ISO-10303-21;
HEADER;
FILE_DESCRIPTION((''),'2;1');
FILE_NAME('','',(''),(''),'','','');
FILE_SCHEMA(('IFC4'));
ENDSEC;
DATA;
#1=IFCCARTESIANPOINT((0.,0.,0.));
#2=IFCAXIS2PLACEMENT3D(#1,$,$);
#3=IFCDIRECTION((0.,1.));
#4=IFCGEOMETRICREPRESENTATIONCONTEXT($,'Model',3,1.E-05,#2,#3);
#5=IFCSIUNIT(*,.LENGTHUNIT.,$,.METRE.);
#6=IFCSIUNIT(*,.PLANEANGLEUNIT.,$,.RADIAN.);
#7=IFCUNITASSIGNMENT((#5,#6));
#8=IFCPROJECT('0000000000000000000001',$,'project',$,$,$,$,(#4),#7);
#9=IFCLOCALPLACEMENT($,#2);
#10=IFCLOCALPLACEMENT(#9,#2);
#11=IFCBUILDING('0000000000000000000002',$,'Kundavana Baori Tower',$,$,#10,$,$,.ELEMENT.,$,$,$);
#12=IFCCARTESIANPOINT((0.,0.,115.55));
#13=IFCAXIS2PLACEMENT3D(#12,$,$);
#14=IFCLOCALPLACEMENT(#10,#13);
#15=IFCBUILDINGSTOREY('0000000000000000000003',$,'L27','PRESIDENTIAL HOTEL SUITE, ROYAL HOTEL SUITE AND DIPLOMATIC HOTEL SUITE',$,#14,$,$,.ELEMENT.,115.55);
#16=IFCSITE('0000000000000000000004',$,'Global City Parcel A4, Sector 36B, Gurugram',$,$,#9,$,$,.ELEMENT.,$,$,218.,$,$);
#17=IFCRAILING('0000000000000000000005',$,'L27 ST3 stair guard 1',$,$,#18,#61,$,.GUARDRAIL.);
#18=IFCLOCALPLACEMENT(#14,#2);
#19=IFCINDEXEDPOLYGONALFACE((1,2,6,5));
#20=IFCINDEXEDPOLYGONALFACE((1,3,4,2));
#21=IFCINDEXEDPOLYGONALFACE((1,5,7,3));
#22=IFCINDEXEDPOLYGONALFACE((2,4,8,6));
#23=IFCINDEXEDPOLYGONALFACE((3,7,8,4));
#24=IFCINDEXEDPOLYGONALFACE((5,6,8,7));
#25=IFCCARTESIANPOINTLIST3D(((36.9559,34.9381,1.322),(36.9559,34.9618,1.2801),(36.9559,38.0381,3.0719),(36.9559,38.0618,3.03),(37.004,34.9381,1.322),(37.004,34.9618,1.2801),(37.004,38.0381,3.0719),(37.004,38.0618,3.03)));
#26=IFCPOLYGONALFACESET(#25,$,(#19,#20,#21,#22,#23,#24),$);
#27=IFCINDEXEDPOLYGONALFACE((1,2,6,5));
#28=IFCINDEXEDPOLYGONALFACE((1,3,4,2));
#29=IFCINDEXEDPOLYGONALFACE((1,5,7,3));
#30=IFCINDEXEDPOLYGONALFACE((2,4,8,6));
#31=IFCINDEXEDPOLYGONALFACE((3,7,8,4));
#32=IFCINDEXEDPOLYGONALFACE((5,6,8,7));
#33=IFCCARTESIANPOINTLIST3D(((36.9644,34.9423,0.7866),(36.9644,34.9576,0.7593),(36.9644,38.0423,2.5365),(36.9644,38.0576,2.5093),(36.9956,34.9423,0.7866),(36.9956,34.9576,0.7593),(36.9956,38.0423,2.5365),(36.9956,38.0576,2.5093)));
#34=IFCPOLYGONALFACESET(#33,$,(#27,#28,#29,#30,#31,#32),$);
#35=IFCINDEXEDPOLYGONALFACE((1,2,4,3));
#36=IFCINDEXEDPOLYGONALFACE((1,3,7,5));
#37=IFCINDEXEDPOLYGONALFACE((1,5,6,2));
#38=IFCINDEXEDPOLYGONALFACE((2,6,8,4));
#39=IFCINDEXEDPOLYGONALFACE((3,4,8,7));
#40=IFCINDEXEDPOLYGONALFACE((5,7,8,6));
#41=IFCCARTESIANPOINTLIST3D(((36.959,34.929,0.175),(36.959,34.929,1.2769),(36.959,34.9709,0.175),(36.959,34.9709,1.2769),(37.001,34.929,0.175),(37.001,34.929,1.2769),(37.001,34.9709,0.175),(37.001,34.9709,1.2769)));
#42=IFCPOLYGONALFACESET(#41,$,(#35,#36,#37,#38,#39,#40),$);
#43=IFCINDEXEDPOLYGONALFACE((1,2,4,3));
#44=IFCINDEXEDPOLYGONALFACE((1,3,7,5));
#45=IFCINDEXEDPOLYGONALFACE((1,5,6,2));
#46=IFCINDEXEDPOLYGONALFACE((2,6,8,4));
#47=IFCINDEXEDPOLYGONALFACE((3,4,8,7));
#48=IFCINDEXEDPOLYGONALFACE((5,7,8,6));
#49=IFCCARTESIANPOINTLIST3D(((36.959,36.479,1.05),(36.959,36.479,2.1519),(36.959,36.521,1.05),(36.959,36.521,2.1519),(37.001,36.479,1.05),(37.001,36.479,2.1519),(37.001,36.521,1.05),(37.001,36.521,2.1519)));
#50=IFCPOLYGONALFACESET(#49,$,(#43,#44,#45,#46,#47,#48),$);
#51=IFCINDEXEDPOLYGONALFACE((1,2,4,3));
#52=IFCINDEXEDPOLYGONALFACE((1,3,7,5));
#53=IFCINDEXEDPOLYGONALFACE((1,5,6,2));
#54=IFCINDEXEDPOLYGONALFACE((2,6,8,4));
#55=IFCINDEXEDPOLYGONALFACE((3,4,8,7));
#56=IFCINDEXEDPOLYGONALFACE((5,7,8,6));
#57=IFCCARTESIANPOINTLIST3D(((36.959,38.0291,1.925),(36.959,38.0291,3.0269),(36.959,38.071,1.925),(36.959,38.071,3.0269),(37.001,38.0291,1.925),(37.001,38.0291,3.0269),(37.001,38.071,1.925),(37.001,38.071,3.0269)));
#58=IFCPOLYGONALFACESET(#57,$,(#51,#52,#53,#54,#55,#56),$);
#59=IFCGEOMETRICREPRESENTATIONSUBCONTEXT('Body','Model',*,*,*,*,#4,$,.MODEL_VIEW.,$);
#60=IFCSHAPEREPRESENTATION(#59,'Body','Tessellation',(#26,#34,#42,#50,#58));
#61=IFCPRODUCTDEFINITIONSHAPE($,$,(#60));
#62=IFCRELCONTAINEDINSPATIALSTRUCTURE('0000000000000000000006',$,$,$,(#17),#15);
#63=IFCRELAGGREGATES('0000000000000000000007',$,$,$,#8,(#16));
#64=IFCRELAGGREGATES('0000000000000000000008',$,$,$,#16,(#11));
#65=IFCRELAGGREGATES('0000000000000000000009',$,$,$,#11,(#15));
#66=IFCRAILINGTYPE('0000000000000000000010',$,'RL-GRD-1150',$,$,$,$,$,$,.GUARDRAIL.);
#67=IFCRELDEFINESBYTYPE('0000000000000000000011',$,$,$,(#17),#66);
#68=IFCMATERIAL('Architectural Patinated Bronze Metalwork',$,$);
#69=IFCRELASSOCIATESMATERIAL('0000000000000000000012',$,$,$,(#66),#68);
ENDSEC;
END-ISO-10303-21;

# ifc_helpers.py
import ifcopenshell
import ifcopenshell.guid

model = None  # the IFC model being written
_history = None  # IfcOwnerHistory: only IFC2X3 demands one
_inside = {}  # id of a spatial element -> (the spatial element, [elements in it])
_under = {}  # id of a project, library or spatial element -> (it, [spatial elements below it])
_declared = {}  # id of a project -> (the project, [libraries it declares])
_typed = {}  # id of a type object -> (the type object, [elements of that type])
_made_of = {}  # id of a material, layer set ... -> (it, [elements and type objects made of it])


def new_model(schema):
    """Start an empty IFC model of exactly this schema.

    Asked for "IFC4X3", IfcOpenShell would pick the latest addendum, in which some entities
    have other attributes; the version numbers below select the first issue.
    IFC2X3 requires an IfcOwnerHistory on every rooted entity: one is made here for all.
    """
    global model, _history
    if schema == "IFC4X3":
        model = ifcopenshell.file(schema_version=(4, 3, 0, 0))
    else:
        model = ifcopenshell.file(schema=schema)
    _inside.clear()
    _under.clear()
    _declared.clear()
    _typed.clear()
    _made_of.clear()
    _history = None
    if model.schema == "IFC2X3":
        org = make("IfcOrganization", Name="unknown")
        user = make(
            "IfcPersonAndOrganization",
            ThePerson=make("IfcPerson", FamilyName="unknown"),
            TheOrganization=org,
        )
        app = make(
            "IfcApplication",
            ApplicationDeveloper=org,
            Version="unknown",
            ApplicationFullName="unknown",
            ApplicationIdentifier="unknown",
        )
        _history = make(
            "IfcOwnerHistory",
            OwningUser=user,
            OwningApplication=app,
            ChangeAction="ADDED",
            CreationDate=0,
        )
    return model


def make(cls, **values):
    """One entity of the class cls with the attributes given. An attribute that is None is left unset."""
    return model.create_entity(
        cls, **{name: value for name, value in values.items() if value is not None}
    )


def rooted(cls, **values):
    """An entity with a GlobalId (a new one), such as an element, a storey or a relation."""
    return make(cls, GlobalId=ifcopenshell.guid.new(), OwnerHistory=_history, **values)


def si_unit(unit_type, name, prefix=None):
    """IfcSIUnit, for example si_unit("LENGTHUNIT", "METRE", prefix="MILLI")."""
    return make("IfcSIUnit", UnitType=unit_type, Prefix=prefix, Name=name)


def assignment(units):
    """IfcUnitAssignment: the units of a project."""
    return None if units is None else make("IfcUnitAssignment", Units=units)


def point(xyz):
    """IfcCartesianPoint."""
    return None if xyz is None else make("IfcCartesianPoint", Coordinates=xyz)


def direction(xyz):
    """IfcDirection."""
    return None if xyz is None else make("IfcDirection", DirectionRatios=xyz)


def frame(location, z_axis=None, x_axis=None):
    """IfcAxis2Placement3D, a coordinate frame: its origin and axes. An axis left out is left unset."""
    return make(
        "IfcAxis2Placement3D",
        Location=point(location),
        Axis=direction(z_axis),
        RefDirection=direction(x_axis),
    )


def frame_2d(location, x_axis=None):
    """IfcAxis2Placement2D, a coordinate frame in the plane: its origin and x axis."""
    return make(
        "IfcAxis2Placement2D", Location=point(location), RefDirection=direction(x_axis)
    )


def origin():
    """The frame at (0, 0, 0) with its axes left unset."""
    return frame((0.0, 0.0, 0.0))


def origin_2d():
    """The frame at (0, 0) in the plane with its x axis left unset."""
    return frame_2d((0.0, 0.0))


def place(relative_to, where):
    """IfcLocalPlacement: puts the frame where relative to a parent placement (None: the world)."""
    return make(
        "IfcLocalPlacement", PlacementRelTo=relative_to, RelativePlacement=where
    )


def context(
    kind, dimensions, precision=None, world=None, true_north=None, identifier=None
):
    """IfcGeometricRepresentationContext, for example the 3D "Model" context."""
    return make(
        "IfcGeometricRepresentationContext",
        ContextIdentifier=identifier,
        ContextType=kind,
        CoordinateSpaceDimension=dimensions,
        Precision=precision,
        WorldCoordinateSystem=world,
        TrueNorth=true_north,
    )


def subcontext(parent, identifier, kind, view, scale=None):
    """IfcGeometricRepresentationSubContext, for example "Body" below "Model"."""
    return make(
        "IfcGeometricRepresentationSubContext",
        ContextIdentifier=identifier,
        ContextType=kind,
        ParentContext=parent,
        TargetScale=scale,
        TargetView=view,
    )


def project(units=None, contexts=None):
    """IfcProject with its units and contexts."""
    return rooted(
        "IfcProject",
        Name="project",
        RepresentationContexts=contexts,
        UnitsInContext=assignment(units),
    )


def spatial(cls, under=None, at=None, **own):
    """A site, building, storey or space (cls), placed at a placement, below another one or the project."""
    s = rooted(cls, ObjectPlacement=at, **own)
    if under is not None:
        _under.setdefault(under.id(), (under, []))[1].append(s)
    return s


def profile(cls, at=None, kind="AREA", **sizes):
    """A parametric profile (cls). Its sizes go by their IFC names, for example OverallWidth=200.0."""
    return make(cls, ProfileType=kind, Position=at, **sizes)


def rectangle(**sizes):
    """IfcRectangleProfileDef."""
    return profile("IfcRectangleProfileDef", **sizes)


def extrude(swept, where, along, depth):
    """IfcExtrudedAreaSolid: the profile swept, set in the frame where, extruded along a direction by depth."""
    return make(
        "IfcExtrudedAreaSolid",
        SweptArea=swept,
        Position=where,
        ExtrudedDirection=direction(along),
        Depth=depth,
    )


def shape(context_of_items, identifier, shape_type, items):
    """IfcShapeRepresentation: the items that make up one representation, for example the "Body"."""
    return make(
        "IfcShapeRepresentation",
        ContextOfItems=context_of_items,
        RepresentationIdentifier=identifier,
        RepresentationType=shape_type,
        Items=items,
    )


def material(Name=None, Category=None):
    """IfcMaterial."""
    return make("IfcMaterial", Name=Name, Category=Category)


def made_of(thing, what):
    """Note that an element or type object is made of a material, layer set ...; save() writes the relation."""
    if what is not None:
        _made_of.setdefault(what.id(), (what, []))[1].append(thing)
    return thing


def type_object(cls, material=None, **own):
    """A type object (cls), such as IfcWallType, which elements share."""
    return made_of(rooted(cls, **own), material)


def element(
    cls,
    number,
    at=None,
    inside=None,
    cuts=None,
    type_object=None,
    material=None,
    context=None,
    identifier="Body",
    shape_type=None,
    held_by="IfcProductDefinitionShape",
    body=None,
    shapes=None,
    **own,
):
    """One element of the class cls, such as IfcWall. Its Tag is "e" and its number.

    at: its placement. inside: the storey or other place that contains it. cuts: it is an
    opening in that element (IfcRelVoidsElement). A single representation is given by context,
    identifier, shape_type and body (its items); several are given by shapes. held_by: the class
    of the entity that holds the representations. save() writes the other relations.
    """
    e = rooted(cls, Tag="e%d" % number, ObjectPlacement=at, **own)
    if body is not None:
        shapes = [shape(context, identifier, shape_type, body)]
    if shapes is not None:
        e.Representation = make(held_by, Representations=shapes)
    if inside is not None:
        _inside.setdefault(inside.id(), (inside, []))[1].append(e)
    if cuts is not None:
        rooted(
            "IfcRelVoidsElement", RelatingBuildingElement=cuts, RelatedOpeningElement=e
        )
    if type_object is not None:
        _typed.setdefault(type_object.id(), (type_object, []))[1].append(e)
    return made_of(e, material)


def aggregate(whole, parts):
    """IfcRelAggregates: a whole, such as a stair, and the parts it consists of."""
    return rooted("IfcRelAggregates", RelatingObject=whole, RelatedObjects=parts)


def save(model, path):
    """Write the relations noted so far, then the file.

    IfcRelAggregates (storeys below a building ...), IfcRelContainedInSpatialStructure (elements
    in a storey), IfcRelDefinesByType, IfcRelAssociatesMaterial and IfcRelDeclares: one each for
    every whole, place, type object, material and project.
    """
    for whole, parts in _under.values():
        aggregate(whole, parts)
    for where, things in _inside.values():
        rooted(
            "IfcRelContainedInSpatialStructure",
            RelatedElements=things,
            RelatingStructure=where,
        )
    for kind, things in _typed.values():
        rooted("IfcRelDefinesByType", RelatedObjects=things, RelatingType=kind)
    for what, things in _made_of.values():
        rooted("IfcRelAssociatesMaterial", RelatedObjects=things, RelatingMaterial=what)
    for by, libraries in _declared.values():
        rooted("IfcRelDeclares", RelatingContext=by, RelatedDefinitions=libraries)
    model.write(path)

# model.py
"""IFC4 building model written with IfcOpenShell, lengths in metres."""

from ifc_helpers import new_model, si_unit, direction, frame, origin, origin_2d, place, context, subcontext, project, spatial, rectangle, extrude, material, type_object, element, save


model = new_model("IFC4")

# Units and contexts
model_context = context("Model", 3, precision=1e-05, world=origin(), true_north=direction((0.0, 1.0)))
body_context = subcontext(model_context, "Body", "Model", "MODEL_VIEW")
ifc_project = project(units=[si_unit("LENGTHUNIT", "METRE"), si_unit("PLANEANGLEUNIT", "RADIAN")], contexts=[model_context])

# Site, building, storey
site_placement = place(None, origin())
site = spatial("IfcSite", under=ifc_project, at=site_placement, Name="Global City Parcel A4, Sector 36B, Gurugram", CompositionType="ELEMENT", RefElevation=218.0)
building_placement = place(site_placement, origin())
building = spatial("IfcBuilding", under=site, at=building_placement, Name="Kundavana Baori Tower", CompositionType="ELEMENT")
storey_placement = place(building_placement, frame((0.0, 0.0, 115.55)))
storey = spatial("IfcBuildingStorey", under=building, at=storey_placement, Name="L27", Description="PRESIDENTIAL HOTEL SUITE, ROYAL HOTEL SUITE AND DIPLOMATIC HOTEL SUITE", CompositionType="ELEMENT", Elevation=115.55)

# Railing
ifc_material_1 = material(Name="Architectural Patinated Bronze Metalwork")
railing_type = type_object("IfcRailingType", Name="RL-GRD-1150", PredefinedType="GUARDRAIL", material=ifc_material_1)
railing_placement = place(storey_placement, frame((36.98, 34.95, 0.175)))
element("IfcRailing", 1, at=railing_placement, inside=storey, type_object=railing_type, Name="L27 ST3 stair guard 1", PredefinedType="GUARDRAIL", context=body_context, shape_type="SweptSolid", body=[
    extrude(rectangle(XDim=0.0481, YDim=0.0481, at=origin_2d()), frame((0.0, 0.0, 1.126), z_axis=(0.0, 0.870831, 0.491583), x_axis=(-1.0, 0.0, 0.0)), (0.0, 0.0, 1.0), 3.5598),
    extrude(rectangle(XDim=0.0312, YDim=0.0312, at=origin_2d()), frame((0.0, 0.0, 0.5979), z_axis=(0.0, 0.870831, 0.491583), x_axis=(-1.0, 0.0, 0.0)), (0.0, 0.0, 1.0), 3.5598),
    extrude(rectangle(XDim=0.042, YDim=0.042, at=origin_2d()), origin(), (0.0, 0.0, 1.0), 1.1018),
    extrude(rectangle(XDim=0.042, YDim=0.042, at=origin_2d()), frame((0.0, 1.55, 0.875)), (0.0, 0.0, 1.0), 1.1018),
    extrude(rectangle(XDim=0.042, YDim=0.042, at=origin_2d()), frame((0.0, 3.1001, 1.75)), (0.0, 0.0, 1.0), 1.1018),
])

save(model, "model.ifc")
